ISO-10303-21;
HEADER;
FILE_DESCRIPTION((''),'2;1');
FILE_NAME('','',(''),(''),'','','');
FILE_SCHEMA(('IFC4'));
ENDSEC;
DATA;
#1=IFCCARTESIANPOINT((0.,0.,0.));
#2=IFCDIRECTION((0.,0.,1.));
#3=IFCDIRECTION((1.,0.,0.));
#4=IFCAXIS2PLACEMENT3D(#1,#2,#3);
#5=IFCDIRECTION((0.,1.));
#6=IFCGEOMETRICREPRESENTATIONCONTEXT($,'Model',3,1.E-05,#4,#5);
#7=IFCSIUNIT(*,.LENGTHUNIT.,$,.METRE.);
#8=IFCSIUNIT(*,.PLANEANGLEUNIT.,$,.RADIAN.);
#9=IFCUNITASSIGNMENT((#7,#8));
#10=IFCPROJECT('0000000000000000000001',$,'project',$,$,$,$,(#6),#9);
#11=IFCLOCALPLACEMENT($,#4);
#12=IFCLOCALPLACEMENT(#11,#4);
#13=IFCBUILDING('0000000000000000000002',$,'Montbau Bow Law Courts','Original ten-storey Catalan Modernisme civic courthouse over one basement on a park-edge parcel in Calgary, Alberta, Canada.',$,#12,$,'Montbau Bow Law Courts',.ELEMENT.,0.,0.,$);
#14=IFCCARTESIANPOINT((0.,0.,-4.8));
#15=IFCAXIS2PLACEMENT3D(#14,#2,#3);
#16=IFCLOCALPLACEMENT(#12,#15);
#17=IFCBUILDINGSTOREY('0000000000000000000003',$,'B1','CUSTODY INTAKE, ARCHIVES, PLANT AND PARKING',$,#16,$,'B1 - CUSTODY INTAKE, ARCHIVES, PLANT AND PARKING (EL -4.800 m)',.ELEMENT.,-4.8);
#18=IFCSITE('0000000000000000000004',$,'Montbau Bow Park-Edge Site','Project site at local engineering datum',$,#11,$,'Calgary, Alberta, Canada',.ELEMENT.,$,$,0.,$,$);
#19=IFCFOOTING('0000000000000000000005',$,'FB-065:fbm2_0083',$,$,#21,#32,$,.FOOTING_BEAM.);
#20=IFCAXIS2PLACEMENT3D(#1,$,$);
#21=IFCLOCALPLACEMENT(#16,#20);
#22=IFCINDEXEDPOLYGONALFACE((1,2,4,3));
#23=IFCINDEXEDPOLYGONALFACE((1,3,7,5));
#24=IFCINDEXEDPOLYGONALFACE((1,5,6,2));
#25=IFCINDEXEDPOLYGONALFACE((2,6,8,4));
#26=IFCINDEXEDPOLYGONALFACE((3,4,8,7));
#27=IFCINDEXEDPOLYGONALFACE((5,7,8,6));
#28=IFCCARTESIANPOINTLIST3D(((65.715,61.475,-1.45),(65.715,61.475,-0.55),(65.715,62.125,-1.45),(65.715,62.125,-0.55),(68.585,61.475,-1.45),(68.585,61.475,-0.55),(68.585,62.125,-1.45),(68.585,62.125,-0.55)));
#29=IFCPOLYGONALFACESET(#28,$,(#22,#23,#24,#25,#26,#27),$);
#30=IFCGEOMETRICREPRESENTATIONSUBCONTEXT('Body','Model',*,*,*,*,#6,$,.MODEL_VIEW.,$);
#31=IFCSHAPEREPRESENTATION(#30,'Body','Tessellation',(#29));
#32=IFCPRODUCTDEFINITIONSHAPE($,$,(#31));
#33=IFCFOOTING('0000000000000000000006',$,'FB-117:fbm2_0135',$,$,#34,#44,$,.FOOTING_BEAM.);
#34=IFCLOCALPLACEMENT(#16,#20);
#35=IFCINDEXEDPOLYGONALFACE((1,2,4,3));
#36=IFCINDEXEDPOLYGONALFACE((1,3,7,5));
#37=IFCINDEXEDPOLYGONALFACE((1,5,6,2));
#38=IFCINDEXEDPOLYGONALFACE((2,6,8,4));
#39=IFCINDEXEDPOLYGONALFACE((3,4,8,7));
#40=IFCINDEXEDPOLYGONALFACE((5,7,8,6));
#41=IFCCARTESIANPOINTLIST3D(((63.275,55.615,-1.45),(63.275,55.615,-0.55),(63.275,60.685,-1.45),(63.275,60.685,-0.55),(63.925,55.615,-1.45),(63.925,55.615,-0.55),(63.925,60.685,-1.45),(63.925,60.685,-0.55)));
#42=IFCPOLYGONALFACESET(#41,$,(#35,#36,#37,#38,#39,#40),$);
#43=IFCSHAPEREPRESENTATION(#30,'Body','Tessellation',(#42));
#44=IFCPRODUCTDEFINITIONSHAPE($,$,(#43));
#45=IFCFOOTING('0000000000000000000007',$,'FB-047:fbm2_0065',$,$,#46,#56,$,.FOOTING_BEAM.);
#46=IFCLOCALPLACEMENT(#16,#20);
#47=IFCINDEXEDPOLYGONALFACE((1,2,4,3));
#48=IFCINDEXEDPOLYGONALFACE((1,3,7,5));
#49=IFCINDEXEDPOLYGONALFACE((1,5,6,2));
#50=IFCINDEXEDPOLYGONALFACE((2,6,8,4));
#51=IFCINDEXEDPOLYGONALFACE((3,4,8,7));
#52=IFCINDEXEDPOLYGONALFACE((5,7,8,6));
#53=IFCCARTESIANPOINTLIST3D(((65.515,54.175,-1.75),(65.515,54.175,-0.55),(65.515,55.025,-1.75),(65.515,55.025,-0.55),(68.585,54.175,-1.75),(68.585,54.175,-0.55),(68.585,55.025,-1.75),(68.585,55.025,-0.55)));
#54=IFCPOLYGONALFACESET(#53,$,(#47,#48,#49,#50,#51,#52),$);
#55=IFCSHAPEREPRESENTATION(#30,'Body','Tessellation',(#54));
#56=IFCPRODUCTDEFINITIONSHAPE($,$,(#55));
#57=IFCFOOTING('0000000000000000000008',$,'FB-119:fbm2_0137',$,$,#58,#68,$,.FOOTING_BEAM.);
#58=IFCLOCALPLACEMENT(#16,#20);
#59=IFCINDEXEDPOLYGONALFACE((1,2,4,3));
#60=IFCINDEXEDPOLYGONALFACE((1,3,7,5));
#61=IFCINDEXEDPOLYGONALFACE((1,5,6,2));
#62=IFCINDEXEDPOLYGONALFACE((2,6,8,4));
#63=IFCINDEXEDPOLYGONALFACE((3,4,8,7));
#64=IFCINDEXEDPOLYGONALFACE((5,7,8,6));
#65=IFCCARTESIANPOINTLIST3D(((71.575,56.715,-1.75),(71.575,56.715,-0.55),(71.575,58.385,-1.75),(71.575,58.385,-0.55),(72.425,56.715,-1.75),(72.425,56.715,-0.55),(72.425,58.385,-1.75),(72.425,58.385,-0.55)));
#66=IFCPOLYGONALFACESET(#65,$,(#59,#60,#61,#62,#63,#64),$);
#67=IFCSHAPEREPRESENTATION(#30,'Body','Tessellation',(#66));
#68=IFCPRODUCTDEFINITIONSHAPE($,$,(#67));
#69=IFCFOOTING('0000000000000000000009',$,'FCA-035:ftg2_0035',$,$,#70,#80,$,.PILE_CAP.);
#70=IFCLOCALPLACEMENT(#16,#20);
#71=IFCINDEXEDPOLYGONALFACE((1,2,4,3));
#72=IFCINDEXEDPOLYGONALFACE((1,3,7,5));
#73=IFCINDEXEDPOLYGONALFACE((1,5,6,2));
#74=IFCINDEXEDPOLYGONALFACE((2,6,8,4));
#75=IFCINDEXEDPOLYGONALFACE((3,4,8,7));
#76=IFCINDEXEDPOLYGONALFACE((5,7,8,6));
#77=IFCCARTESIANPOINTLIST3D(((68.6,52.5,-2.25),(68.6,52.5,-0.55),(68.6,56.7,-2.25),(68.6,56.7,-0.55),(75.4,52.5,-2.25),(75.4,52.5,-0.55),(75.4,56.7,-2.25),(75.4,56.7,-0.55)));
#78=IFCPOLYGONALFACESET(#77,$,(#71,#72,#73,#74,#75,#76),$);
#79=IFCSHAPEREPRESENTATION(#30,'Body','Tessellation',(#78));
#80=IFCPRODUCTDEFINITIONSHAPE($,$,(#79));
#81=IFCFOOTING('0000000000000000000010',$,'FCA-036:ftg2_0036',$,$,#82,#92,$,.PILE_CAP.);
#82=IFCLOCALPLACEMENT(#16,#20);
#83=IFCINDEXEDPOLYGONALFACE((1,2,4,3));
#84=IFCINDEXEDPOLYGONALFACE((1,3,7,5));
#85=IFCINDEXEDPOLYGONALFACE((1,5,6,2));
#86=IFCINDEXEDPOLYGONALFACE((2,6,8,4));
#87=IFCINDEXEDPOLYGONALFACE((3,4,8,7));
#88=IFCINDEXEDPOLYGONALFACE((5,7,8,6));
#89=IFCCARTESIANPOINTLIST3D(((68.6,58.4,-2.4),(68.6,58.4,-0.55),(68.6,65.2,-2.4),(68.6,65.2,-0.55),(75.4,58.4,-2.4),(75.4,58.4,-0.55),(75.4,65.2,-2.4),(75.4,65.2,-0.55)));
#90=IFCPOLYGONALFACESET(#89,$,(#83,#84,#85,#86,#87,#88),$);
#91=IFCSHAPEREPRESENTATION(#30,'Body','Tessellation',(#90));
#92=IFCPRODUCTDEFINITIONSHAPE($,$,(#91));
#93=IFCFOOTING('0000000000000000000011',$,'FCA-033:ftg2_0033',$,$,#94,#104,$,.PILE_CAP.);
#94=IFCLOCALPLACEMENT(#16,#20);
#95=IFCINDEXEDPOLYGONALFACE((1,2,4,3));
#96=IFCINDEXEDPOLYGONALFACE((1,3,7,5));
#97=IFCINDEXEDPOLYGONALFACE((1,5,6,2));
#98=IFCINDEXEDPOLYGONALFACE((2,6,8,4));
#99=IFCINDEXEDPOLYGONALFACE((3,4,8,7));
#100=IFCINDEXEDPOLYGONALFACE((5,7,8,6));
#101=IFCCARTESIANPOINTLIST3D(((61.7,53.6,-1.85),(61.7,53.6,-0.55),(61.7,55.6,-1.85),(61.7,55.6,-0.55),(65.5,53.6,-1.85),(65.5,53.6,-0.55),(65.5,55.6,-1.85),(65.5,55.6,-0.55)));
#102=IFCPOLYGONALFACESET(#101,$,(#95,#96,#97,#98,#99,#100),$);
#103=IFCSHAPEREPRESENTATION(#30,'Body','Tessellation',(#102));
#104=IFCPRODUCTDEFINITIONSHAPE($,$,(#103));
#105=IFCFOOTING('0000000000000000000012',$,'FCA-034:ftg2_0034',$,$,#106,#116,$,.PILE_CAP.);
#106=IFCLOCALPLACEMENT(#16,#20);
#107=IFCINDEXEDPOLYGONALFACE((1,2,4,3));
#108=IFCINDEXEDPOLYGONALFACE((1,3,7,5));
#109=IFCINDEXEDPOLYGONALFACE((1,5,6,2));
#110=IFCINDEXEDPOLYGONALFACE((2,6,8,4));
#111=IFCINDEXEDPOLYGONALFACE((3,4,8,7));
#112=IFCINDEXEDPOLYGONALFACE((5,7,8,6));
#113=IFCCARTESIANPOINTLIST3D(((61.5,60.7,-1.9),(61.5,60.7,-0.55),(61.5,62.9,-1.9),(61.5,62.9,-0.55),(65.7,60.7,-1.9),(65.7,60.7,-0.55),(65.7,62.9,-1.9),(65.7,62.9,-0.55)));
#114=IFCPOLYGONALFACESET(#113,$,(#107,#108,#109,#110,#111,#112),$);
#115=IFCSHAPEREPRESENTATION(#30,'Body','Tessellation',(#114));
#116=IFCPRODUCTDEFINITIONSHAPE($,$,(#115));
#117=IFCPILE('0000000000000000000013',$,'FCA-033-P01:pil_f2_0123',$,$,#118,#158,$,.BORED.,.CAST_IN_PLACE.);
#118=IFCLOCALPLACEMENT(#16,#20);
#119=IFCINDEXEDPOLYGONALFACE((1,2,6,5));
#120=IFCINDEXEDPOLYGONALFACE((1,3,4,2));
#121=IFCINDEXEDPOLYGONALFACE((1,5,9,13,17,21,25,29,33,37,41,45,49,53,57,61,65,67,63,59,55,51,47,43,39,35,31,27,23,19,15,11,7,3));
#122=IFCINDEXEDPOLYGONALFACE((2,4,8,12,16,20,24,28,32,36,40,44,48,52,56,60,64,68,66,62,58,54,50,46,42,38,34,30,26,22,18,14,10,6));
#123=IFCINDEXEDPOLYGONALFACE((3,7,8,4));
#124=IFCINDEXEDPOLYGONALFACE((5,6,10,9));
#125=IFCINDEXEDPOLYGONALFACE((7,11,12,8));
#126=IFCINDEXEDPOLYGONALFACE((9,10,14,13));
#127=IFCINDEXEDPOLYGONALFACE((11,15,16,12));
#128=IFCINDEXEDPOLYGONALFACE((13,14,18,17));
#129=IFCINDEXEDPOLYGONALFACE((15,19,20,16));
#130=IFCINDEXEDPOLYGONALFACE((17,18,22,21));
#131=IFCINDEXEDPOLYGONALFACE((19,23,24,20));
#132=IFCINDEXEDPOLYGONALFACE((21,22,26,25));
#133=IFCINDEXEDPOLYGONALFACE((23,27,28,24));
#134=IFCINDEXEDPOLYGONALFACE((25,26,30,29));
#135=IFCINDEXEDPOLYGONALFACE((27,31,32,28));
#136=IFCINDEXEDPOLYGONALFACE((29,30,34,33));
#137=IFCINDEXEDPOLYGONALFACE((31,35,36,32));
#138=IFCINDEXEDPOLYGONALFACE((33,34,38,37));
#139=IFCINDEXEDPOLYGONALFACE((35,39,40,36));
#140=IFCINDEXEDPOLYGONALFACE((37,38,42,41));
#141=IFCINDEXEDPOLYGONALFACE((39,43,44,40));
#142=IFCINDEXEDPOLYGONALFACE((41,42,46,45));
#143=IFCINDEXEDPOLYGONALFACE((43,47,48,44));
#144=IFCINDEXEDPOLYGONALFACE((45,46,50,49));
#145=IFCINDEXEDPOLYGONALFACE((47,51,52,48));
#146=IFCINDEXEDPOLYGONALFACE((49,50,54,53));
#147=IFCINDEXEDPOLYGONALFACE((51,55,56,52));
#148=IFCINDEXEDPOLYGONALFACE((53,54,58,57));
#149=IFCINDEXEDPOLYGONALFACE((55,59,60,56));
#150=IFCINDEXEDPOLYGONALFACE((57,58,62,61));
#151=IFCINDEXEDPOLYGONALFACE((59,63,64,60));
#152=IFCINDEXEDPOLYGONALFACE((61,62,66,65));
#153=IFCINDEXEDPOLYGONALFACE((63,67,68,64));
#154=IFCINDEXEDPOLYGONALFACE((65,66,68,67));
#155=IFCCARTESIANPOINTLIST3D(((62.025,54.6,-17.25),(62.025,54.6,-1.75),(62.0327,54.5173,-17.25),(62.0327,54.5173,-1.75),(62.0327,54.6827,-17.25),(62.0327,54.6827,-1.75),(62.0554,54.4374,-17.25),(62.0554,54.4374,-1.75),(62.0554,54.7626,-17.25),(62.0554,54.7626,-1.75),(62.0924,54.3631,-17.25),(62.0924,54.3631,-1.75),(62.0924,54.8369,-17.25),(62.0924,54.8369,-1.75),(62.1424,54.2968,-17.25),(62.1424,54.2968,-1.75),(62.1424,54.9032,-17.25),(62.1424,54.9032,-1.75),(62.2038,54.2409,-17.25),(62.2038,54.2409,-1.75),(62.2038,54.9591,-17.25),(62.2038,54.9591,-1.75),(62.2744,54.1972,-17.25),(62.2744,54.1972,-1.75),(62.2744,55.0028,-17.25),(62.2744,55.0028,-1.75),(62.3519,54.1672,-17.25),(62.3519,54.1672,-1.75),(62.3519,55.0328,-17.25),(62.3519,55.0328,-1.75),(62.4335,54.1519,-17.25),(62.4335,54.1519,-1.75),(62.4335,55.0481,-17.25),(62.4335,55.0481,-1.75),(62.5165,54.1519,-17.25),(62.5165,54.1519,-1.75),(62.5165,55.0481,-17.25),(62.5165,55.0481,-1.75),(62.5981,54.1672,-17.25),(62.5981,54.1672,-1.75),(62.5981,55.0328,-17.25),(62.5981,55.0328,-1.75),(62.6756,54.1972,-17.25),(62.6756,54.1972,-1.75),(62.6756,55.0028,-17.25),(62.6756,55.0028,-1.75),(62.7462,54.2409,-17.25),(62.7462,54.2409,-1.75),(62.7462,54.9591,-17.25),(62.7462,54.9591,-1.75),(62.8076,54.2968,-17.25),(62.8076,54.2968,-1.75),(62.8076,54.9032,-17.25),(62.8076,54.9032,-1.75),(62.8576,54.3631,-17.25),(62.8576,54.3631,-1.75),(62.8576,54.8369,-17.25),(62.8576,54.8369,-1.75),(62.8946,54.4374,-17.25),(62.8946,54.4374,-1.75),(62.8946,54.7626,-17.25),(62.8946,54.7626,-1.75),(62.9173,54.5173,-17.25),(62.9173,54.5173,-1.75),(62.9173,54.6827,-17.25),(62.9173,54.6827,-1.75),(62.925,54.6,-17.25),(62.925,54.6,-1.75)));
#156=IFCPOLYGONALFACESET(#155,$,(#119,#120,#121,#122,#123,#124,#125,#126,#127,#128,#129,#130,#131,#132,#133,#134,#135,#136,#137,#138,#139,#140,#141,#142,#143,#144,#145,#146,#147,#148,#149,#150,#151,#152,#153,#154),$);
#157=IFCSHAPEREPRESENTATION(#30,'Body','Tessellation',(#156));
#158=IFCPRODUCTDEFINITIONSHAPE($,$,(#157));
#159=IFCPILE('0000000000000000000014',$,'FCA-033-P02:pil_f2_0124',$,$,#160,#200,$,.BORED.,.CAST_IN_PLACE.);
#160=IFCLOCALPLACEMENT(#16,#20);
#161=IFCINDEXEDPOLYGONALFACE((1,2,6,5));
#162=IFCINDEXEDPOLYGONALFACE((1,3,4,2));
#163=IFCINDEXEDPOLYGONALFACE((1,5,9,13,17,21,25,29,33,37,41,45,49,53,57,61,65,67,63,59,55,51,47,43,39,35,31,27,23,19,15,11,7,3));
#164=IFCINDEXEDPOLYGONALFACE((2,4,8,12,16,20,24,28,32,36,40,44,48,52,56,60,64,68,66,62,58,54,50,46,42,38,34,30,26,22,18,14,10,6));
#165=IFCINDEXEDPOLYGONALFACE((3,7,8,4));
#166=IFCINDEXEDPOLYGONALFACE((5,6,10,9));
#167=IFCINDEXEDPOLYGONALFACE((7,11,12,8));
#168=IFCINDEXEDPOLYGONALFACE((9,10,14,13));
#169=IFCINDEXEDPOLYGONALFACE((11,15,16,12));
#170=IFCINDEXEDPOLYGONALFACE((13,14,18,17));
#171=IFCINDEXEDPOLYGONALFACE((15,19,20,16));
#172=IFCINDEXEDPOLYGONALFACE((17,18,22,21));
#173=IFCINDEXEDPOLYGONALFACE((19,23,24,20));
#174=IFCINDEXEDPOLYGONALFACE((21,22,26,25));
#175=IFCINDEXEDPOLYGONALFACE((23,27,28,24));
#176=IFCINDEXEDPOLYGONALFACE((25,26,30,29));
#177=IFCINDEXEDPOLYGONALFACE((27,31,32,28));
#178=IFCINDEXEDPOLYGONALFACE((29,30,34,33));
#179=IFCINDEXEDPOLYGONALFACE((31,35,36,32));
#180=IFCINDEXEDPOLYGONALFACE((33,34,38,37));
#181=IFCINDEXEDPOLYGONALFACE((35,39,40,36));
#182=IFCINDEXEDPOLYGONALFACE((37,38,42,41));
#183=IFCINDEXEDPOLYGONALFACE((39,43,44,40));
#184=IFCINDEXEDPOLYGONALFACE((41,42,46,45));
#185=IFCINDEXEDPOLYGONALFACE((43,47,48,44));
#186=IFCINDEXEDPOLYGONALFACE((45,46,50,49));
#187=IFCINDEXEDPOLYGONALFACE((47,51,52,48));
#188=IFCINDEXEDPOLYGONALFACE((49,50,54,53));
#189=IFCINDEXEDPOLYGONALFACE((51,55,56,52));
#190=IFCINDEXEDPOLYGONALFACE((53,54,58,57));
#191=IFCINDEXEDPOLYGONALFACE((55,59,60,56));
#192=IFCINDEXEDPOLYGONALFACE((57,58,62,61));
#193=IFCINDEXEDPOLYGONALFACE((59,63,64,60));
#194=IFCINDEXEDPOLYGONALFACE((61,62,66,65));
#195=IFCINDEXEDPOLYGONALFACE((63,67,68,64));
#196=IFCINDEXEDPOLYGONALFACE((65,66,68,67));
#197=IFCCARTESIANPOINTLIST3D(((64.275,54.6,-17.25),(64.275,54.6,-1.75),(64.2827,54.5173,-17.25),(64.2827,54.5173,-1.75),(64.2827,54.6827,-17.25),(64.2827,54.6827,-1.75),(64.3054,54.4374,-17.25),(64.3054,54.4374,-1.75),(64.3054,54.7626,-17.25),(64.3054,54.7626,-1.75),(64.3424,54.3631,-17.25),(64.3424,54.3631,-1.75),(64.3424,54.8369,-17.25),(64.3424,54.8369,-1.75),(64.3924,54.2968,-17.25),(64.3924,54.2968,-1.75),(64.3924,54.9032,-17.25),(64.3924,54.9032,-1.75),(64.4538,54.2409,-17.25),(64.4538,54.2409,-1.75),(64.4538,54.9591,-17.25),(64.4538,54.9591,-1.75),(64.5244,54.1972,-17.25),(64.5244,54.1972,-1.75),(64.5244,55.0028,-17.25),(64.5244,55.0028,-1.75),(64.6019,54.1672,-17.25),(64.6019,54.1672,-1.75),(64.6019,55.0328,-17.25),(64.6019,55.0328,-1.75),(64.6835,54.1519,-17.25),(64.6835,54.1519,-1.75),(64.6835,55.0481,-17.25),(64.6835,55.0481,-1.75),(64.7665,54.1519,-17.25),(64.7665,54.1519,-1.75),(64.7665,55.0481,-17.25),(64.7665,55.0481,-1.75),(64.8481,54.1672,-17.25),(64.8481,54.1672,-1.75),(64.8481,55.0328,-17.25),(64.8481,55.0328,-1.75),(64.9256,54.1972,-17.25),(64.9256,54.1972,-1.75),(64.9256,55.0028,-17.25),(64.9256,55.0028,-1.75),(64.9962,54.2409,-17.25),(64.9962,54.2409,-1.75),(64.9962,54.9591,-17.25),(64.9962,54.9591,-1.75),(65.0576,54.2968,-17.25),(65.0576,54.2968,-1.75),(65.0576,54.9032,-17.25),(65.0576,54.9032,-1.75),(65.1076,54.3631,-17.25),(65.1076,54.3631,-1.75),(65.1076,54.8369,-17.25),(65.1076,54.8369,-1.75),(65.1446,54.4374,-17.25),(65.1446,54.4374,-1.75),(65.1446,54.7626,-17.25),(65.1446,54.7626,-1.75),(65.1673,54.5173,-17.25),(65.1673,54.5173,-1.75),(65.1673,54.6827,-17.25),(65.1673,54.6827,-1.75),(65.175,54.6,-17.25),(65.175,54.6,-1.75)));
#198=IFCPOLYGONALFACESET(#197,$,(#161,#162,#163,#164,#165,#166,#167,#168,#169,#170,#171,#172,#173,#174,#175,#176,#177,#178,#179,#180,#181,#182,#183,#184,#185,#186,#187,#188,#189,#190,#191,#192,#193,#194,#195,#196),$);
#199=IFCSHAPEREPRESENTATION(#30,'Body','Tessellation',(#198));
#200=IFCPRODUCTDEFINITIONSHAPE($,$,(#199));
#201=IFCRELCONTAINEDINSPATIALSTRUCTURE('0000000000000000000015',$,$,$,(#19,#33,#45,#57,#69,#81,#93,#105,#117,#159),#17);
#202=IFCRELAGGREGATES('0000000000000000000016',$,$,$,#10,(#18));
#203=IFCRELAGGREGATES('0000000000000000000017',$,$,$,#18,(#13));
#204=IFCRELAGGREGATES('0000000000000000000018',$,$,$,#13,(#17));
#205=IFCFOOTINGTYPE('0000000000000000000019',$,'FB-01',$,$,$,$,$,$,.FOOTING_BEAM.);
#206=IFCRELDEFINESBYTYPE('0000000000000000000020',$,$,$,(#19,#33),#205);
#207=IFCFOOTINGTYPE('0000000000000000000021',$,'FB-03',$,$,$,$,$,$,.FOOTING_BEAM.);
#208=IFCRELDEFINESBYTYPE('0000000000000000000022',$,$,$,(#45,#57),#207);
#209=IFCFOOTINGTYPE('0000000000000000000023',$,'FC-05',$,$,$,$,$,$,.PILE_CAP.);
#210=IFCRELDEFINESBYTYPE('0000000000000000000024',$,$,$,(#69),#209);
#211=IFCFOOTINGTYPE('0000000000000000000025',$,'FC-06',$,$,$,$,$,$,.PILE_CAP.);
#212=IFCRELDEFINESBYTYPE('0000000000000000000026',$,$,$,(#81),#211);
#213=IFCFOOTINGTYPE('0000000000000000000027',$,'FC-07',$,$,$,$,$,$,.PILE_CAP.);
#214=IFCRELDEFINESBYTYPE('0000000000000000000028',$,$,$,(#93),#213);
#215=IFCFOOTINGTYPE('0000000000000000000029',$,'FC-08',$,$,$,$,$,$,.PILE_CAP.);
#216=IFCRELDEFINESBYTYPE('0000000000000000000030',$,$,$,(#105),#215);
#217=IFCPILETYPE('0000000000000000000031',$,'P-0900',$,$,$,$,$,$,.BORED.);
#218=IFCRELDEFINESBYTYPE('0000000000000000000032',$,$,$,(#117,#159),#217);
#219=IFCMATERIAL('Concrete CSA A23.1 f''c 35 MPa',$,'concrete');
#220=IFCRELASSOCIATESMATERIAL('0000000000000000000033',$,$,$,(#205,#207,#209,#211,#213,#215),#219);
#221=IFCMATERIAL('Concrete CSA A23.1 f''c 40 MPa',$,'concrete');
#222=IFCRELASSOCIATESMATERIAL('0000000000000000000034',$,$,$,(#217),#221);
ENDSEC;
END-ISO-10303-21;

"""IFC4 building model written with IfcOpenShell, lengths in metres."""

from ifc_helpers import new_model, si_unit, direction, frame, origin_with_axes, origin_2d_with_axis, place, context, subcontext, project, spatial, rectangle, circle, extrude, material, material_profile, profile_set, type_object, element, save


model = new_model("IFC4")

# Units and contexts
model_context = context("Model", 3, precision=1e-05, world=origin_with_axes(), true_north=direction((0.0, 1.0)))
body_context = subcontext(model_context, "Body", "Model", "MODEL_VIEW")
ifc_project = project(units=[si_unit("LENGTHUNIT", "METRE"), si_unit("PLANEANGLEUNIT", "RADIAN")], contexts=[model_context])

# Site, building, storey
site_placement = place(None, origin_with_axes())
site = spatial("IfcSite", under=ifc_project, at=site_placement, Name="Montbau Bow Park-Edge Site", Description="Project site at local engineering datum", LongName="Calgary, Alberta, Canada", CompositionType="ELEMENT", RefElevation=0.0)
building_placement = place(site_placement, origin_with_axes())
building = spatial("IfcBuilding", under=site, at=building_placement, Name="Montbau Bow Law Courts", Description="Original ten-storey Catalan Modernisme civic courthouse over one basement on a park-edge parcel in Calgary, Alberta, Canada.", LongName="Montbau Bow Law Courts", CompositionType="ELEMENT", ElevationOfRefHeight=0.0, ElevationOfTerrain=0.0)
storey_placement = place(building_placement, frame((0.0, 0.0, -4.8), z_axis=(0.0, 0.0, 1.0), x_axis=(1.0, 0.0, 0.0)))
storey = spatial("IfcBuildingStorey", under=building, at=storey_placement, Name="B1", Description="CUSTODY INTAKE, ARCHIVES, PLANT AND PARKING", LongName="B1 - CUSTODY INTAKE, ARCHIVES, PLANT AND PARKING (EL -4.800 m)", CompositionType="ELEMENT", Elevation=-4.8)

# Footings
ifc_material_1 = material(Name="Concrete CSA A23.1 f'c 35 MPa", Category="concrete")
footing_type_1 = type_object("IfcFootingType", Name="FB-01", PredefinedType="FOOTING_BEAM", material=ifc_material_1)
footing_1_placement = place(None, frame((67.15, 61.8, -6.25), z_axis=(0.0, 0.0, 1.0), x_axis=(1.0, 0.0, 0.0)))
element("IfcFooting", 1, at=footing_1_placement, inside=storey, type_object=footing_type_1, Name="FB-065:fbm2_0083", PredefinedType="FOOTING_BEAM", context=body_context, shape_type="SweptSolid", body=[
    extrude(rectangle(XDim=2.87, YDim=0.65, at=origin_2d_with_axis()), origin_with_axes(), (0.0, 0.0, 1.0), 0.9),
])
footing_2_placement = place(None, frame((63.6, 58.15, -6.25), z_axis=(0.0, 0.0, 1.0), x_axis=(0.0, 1.0, 0.0)))
element("IfcFooting", 2, at=footing_2_placement, inside=storey, type_object=footing_type_1, Name="FB-117:fbm2_0135", PredefinedType="FOOTING_BEAM", context=body_context, shape_type="SweptSolid", body=[
    extrude(rectangle(XDim=5.07, YDim=0.65, at=origin_2d_with_axis()), origin_with_axes(), (0.0, 0.0, 1.0), 0.9),
])
footing_type_2 = type_object("IfcFootingType", Name="FB-03", PredefinedType="FOOTING_BEAM", material=ifc_material_1)
footing_3_placement = place(None, frame((67.05, 54.6, -6.55), z_axis=(0.0, 0.0, 1.0), x_axis=(1.0, 0.0, 0.0)))
element("IfcFooting", 3, at=footing_3_placement, inside=storey, type_object=footing_type_2, Name="FB-047:fbm2_0065", PredefinedType="FOOTING_BEAM", context=body_context, shape_type="SweptSolid", body=[
    extrude(rectangle(XDim=3.07, YDim=0.85, at=origin_2d_with_axis()), origin_with_axes(), (0.0, 0.0, 1.0), 1.2),
])
footing_4_placement = place(None, frame((72.0, 57.55, -6.55), z_axis=(0.0, 0.0, 1.0), x_axis=(0.0, 1.0, 0.0)))
element("IfcFooting", 4, at=footing_4_placement, inside=storey, type_object=footing_type_2, Name="FB-119:fbm2_0137", PredefinedType="FOOTING_BEAM", context=body_context, shape_type="SweptSolid", body=[
    extrude(rectangle(XDim=1.67, YDim=0.85, at=origin_2d_with_axis()), origin_with_axes(), (0.0, 0.0, 1.0), 1.2),
])
footing_type_3 = type_object("IfcFootingType", Name="FC-05", PredefinedType="PILE_CAP", material=ifc_material_1)
footing_5_placement = place(None, frame((72.0, 54.6, -7.05), z_axis=(0.0, 0.0, 1.0), x_axis=(1.0, 0.0, 0.0)))
element("IfcFooting", 5, at=footing_5_placement, inside=storey, type_object=footing_type_3, Name="FCA-035:ftg2_0035", PredefinedType="PILE_CAP", context=body_context, shape_type="SweptSolid", body=[
    extrude(rectangle(XDim=6.8, YDim=4.2, at=origin_2d_with_axis()), origin_with_axes(), (0.0, 0.0, 1.0), 1.7),
])
footing_type_4 = type_object("IfcFootingType", Name="FC-06", PredefinedType="PILE_CAP", material=ifc_material_1)
footing_6_placement = place(None, frame((72.0, 61.8, -7.2), z_axis=(0.0, 0.0, 1.0), x_axis=(1.0, 0.0, 0.0)))
element("IfcFooting", 6, at=footing_6_placement, inside=storey, type_object=footing_type_4, Name="FCA-036:ftg2_0036", PredefinedType="PILE_CAP", context=body_context, shape_type="SweptSolid", body=[
    extrude(rectangle(XDim=6.8, YDim=6.8, at=origin_2d_with_axis()), origin_with_axes(), (0.0, 0.0, 1.0), 1.85),
])
footing_type_5 = type_object("IfcFootingType", Name="FC-07", PredefinedType="PILE_CAP", material=ifc_material_1)
footing_7_placement = place(None, frame((63.6, 54.6, -6.65), z_axis=(0.0, 0.0, 1.0), x_axis=(1.0, 0.0, 0.0)))
element("IfcFooting", 7, at=footing_7_placement, inside=storey, type_object=footing_type_5, Name="FCA-033:ftg2_0033", PredefinedType="PILE_CAP", context=body_context, shape_type="SweptSolid", body=[
    extrude(rectangle(XDim=3.8, YDim=2.0, at=origin_2d_with_axis()), origin_with_axes(), (0.0, 0.0, 1.0), 1.3),
])
footing_type_6 = type_object("IfcFootingType", Name="FC-08", PredefinedType="PILE_CAP", material=ifc_material_1)
footing_8_placement = place(None, frame((63.6, 61.8, -6.7), z_axis=(0.0, 0.0, 1.0), x_axis=(1.0, 0.0, 0.0)))
element("IfcFooting", 8, at=footing_8_placement, inside=storey, type_object=footing_type_6, Name="FCA-034:ftg2_0034", PredefinedType="PILE_CAP", context=body_context, shape_type="SweptSolid", body=[
    extrude(rectangle(XDim=4.2, YDim=2.2, at=origin_2d_with_axis()), origin_with_axes(), (0.0, 0.0, 1.0), 1.35),
])

# Piles
ifc_material_2 = material(Name="Concrete CSA A23.1 f'c 40 MPa", Category="concrete")
ifc_material_profile_1 = material_profile(ifc_material_2, circle(Radius=0.45, at=origin_2d_with_axis()), Name="BP900", Category="Main", Priority=0)
ifc_profile_set_1 = profile_set([ifc_material_profile_1], Name="Concrete CSA A23.1 f'c 40 MPa")
pile_type_1 = type_object("IfcPileType", Name="P-0900", PredefinedType="BORED", material=ifc_profile_set_1)
for number, where, z_axis, x_axis, name in (
    (9, (62.475, 54.6, -22.05), (0.0, 0.0, 1.0), (1.0, 0.0, 0.0), "FCA-033-P01:pil_f2_0123"),
    (10, (64.725, 54.6, -22.05), (0.0, 0.0, 1.0), (1.0, 0.0, 0.0), "FCA-033-P02:pil_f2_0124"),
):
    element("IfcPile", number, at=place(None, frame(where, z_axis=z_axis, x_axis=x_axis)), inside=storey, type_object=pile_type_1, Name=name, ConstructionType="CAST_IN_PLACE", PredefinedType="BORED", context=body_context, shape_type="SweptSolid", body=[
        extrude(circle(Radius=0.45, at=origin_2d_with_axis()), origin_with_axes(), (0.0, 0.0, 1.0), 15.5),
    ])

save(model, "model.ifc")
